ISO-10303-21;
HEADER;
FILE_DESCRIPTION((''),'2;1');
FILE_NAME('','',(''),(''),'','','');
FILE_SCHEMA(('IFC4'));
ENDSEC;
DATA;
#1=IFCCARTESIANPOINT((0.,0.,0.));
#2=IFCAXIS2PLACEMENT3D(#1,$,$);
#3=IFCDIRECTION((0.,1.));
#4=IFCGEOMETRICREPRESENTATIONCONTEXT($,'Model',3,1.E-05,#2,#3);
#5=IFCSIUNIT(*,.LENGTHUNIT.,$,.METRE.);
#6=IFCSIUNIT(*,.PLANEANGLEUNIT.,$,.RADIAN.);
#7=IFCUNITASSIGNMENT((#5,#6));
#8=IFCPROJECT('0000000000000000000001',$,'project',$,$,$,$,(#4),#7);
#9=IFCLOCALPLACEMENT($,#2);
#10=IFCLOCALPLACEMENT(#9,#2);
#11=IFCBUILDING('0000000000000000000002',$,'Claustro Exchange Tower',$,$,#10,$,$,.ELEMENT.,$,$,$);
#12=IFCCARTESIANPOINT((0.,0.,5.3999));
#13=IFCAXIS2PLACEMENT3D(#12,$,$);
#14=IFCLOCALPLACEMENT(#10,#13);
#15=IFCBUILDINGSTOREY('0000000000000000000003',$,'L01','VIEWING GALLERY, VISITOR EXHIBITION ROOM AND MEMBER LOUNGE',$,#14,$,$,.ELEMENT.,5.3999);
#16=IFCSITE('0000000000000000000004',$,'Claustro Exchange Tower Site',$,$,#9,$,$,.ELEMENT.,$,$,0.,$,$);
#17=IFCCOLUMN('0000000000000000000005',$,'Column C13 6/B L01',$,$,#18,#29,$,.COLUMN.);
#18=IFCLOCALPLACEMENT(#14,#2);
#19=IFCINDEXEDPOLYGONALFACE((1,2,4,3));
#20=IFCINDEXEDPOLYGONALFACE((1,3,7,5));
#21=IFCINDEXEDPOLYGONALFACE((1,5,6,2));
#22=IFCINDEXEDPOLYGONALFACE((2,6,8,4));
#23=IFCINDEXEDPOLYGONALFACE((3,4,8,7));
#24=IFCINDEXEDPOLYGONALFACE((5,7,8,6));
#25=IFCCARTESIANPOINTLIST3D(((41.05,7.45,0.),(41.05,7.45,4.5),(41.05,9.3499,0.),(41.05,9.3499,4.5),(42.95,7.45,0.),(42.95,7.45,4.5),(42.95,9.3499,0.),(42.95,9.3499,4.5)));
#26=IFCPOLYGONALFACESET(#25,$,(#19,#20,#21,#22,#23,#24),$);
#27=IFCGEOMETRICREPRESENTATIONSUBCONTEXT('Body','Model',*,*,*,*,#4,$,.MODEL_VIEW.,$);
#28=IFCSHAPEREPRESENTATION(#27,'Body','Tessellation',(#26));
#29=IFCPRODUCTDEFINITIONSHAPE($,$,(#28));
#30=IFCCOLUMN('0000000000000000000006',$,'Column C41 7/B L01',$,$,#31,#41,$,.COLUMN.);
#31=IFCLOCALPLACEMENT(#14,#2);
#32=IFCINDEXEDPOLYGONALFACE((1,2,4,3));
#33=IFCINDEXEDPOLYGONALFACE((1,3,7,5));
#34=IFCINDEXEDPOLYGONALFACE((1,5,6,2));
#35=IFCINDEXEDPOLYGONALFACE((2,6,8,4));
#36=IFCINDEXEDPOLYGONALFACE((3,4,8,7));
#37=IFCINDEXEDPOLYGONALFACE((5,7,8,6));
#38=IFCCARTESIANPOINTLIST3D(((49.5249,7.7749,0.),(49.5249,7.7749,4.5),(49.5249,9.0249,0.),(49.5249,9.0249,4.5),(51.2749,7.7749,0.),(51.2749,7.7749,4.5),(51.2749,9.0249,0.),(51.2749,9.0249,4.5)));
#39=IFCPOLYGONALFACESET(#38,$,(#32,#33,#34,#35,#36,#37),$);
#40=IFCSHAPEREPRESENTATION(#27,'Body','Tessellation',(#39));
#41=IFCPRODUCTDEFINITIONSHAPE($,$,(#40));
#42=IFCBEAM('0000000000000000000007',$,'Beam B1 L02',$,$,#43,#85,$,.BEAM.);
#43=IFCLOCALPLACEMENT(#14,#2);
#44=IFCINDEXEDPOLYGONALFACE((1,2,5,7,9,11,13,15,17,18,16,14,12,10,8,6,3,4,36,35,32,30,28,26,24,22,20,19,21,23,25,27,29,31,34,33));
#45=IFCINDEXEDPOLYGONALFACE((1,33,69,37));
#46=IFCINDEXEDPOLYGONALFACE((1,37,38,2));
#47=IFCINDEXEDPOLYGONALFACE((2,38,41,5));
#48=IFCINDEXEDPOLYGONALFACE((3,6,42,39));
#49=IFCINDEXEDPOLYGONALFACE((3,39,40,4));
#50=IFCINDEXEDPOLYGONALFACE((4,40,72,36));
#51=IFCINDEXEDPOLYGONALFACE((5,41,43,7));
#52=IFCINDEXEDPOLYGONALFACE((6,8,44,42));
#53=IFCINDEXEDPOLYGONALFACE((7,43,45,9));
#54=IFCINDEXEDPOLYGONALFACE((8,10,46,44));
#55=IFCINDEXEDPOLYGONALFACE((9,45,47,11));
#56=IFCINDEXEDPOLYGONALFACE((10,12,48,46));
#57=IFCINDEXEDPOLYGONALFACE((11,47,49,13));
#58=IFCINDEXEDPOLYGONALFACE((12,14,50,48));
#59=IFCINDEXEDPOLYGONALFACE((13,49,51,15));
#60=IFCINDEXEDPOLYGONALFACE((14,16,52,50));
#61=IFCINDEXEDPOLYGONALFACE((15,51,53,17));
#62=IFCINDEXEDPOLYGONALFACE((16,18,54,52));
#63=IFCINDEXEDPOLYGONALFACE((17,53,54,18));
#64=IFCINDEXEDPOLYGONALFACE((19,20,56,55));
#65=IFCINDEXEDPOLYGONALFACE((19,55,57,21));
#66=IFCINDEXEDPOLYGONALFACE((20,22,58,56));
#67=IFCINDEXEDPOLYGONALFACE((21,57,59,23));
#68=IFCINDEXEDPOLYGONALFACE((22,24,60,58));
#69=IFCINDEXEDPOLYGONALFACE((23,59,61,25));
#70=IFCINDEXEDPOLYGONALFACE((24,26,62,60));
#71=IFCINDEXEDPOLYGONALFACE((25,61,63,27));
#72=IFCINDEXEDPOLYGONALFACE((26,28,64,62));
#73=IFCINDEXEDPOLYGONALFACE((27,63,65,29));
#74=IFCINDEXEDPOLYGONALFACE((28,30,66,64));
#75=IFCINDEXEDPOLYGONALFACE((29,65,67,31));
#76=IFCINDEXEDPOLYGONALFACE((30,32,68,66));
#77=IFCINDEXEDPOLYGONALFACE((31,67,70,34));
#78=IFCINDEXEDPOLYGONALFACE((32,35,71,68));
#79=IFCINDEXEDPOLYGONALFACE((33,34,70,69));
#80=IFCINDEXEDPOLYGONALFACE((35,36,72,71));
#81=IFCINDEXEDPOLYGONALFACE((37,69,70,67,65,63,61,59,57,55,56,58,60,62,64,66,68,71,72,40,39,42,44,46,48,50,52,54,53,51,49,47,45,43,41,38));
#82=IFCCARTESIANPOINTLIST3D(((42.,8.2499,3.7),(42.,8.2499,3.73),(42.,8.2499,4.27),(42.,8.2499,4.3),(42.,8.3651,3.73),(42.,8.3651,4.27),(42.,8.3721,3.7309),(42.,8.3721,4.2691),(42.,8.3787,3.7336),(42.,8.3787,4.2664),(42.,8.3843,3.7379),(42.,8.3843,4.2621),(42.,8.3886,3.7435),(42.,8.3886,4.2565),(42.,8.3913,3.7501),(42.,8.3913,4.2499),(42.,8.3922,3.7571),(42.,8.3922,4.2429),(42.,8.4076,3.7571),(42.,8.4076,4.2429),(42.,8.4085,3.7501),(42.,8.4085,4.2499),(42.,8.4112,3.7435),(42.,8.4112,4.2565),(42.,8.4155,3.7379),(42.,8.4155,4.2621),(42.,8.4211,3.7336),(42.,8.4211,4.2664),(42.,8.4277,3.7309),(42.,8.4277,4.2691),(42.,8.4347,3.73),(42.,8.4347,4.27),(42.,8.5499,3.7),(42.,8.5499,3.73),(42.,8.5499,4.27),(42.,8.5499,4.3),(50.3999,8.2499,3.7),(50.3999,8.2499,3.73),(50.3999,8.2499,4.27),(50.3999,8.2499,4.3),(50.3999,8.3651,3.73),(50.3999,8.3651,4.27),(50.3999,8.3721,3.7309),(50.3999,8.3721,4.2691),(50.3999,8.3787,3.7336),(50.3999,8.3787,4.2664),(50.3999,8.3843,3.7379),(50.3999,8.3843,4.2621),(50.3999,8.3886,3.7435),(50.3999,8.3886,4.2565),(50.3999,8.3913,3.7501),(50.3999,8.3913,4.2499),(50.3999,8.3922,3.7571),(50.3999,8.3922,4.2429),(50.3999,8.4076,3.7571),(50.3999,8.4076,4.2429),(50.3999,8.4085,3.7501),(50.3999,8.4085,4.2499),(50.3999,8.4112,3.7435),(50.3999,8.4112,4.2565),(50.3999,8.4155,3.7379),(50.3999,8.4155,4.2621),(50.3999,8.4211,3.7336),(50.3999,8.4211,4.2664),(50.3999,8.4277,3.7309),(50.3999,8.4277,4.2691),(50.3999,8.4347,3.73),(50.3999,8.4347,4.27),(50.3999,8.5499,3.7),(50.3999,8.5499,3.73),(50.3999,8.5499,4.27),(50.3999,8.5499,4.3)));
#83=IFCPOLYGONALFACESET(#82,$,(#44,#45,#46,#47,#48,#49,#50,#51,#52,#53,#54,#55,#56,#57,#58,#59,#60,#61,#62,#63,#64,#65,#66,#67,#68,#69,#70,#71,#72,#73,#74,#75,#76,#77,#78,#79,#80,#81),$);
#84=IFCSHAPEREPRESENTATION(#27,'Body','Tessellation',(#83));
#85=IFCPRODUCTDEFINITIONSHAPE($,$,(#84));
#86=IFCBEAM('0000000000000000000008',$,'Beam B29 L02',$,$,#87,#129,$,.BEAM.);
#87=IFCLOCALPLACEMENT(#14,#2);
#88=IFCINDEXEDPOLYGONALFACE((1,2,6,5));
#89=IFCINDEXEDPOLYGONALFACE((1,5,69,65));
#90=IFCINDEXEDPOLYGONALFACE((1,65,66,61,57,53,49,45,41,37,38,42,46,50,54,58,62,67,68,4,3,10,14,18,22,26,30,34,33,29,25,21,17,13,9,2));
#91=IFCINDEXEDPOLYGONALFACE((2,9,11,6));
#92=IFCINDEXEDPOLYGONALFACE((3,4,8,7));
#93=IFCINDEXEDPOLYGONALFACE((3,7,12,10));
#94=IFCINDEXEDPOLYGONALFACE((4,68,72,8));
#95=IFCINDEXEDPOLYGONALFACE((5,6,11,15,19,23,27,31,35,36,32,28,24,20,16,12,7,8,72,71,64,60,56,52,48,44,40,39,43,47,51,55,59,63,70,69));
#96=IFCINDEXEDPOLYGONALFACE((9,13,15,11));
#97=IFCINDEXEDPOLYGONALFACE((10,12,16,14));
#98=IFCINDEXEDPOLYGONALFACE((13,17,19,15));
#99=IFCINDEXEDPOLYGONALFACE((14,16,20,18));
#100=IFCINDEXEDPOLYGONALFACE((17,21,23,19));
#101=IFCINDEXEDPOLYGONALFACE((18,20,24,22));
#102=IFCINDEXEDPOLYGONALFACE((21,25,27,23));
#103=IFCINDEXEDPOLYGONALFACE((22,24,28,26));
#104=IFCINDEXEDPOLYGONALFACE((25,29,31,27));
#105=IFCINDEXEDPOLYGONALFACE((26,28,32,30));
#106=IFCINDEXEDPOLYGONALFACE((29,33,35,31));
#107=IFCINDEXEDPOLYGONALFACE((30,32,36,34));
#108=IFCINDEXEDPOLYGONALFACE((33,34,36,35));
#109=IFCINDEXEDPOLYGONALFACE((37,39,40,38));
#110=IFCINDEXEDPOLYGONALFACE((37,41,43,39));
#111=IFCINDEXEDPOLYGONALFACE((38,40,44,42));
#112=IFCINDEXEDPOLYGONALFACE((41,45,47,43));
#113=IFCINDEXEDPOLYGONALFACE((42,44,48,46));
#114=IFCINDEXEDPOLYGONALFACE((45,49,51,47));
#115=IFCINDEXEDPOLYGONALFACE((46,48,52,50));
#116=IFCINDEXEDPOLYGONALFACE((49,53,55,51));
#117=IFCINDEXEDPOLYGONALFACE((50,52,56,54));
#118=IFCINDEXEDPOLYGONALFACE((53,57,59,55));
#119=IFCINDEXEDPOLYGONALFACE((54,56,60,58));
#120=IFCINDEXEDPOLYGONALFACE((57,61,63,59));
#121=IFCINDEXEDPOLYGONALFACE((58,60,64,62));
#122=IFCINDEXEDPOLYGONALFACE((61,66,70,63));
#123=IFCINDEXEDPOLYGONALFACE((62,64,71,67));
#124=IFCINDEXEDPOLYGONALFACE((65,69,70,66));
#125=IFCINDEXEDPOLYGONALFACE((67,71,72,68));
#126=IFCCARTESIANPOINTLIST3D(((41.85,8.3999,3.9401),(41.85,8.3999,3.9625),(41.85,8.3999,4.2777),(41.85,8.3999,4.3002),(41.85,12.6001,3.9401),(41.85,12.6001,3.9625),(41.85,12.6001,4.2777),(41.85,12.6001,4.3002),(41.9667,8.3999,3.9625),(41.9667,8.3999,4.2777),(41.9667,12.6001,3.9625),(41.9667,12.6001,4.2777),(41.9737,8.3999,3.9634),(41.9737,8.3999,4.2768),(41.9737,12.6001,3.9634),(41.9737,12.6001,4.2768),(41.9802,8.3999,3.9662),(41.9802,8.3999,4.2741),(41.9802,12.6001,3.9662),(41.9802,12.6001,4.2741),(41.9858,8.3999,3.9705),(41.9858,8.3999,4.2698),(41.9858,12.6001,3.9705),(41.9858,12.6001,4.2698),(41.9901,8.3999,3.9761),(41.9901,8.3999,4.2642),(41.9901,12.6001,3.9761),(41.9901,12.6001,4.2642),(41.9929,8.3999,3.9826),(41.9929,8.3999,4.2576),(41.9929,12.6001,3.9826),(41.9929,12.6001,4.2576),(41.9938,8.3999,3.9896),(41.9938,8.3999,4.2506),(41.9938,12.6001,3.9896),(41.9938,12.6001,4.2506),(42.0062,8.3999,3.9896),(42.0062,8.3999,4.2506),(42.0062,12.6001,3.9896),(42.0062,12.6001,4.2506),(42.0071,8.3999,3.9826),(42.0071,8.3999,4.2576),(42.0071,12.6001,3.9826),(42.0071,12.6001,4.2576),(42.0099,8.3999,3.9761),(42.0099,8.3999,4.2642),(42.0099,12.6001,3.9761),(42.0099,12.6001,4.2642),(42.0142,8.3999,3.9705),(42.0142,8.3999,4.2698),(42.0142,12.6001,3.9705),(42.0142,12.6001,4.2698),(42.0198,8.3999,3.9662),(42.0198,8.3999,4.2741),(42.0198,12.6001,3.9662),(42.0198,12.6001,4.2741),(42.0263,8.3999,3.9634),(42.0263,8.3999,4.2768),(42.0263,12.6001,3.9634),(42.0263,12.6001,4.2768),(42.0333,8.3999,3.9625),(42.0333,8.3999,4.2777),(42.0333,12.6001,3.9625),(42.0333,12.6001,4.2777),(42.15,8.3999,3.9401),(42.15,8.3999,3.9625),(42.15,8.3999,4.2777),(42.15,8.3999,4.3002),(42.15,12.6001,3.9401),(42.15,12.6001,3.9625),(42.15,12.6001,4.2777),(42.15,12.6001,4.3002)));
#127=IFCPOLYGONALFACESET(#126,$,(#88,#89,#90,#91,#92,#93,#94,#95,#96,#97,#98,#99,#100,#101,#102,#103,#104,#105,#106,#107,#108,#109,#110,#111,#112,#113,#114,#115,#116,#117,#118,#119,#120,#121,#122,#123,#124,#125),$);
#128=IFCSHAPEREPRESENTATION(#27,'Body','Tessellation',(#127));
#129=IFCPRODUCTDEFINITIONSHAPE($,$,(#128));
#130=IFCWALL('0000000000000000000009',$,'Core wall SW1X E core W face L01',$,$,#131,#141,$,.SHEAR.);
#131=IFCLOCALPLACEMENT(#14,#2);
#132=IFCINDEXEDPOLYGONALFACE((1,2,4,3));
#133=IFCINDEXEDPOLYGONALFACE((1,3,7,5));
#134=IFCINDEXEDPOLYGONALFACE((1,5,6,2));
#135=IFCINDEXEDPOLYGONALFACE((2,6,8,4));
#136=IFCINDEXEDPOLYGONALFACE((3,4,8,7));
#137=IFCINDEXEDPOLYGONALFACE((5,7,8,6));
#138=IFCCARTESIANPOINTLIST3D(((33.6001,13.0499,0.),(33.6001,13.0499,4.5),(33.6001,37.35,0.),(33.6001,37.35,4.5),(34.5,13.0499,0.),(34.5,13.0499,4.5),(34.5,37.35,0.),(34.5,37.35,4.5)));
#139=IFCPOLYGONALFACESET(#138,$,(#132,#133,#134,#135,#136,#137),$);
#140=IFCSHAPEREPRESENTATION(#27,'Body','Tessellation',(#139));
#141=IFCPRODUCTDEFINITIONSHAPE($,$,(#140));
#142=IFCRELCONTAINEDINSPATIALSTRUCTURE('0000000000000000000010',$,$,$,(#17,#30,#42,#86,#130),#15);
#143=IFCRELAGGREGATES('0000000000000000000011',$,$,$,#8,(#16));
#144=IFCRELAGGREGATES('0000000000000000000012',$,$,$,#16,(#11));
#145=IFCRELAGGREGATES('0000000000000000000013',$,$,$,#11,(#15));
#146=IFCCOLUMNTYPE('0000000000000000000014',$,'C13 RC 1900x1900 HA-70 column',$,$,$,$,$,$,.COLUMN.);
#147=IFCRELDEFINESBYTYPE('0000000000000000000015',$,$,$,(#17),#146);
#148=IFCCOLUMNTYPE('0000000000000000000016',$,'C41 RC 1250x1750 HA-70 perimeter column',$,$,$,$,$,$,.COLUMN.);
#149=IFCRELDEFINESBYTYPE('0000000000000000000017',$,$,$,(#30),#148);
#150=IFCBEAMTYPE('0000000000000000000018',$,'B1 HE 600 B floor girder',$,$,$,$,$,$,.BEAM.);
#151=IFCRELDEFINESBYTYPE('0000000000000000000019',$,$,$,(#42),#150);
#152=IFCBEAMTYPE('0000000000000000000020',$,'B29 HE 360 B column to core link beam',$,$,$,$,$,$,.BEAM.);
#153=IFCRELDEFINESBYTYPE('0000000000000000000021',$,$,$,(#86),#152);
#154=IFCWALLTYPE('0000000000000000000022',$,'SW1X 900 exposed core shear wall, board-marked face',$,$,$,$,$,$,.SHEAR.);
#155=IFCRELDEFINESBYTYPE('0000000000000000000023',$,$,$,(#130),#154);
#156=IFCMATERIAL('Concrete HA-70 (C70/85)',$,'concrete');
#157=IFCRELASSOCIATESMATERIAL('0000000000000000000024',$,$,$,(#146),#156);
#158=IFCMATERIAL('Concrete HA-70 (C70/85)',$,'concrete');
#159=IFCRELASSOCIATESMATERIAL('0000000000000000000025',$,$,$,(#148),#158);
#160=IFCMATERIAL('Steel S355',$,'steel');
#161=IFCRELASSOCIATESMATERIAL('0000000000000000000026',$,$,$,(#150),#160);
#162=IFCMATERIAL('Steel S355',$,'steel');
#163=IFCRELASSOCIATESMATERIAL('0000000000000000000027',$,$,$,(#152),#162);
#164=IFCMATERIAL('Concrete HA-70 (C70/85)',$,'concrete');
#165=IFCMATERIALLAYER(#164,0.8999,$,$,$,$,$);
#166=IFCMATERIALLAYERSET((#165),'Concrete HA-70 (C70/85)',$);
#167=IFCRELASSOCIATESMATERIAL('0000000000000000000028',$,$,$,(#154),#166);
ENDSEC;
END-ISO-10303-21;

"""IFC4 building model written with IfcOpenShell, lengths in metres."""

from ifc_helpers import new_model, si_unit, direction, frame, frame_2d, origin, origin_2d, place, context, subcontext, project, spatial, rectangle, i_section, extrude, material, layer, layer_set, material_profile, profile_set, type_object, element, save


model = new_model("IFC4")

# Units and contexts
model_context = context("Model", 3, precision=1e-05, world=origin(), true_north=direction((0.0, 1.0)))
body_context = subcontext(model_context, "Body", "Model", "MODEL_VIEW")
ifc_project = project(units=[si_unit("LENGTHUNIT", "METRE"), si_unit("PLANEANGLEUNIT", "RADIAN")], contexts=[model_context])

# Site, building, storey
site_placement = place(None, origin())
site = spatial("IfcSite", under=ifc_project, at=site_placement, Name="Claustro Exchange Tower Site", CompositionType="ELEMENT", RefElevation=0.0)
building_placement = place(site_placement, origin())
building = spatial("IfcBuilding", under=site, at=building_placement, Name="Claustro Exchange Tower", CompositionType="ELEMENT")
storey_placement = place(building_placement, frame((0.0, 0.0, 5.3999)))
storey = spatial("IfcBuildingStorey", under=building, at=storey_placement, Name="L01", Description="VIEWING GALLERY, VISITOR EXHIBITION ROOM AND MEMBER LOUNGE", CompositionType="ELEMENT", Elevation=5.3999)

# Columns
ifc_material_1 = material(Name="Concrete HA-70 (C70/85)", Category="concrete")
ifc_material_profile_1 = material_profile(ifc_material_1, rectangle(XDim=1.8999, YDim=1.8999, at=origin_2d()), Name="RC 1900x1900")
ifc_profile_set_1 = profile_set([ifc_material_profile_1], Name="Concrete HA-70 (C70/85)")
column_type_1 = type_object("IfcColumnType", Name="C13 RC 1900x1900 HA-70 column", PredefinedType="COLUMN", material=ifc_profile_set_1)
column_1_placement = place(storey_placement, frame((42.0, 8.3999, 0.0), z_axis=(0.0, 0.0, 1.0), x_axis=(1.0, 0.0, 0.0)))
element("IfcColumn", 1, at=column_1_placement, inside=storey, type_object=column_type_1, Name="Column C13 6/B L01", PredefinedType="COLUMN", context=body_context, shape_type="SweptSolid", body=[
    extrude(rectangle(XDim=1.8999, YDim=1.8999, at=origin_2d()), origin(), (0.0, 0.0, 1.0), 4.5),
])
ifc_material_2 = material(Name="Concrete HA-70 (C70/85)", Category="concrete")
ifc_material_profile_2 = material_profile(ifc_material_2, rectangle(XDim=1.25, YDim=1.75, at=origin_2d()), Name="RC 1250x1750")
ifc_profile_set_2 = profile_set([ifc_material_profile_2], Name="Concrete HA-70 (C70/85)")
column_type_2 = type_object("IfcColumnType", Name="C41 RC 1250x1750 HA-70 perimeter column", PredefinedType="COLUMN", material=ifc_profile_set_2)
column_2_placement = place(storey_placement, frame((50.3999, 8.3999, 0.0), z_axis=(0.0, 0.0, 1.0), x_axis=(0.0, 1.0, 0.0)))
element("IfcColumn", 2, at=column_2_placement, inside=storey, type_object=column_type_2, Name="Column C41 7/B L01", PredefinedType="COLUMN", context=body_context, shape_type="SweptSolid", body=[
    extrude(rectangle(XDim=1.25, YDim=1.75, at=origin_2d()), origin(), (0.0, 0.0, 1.0), 4.5),
])

# Beams
ifc_material_3 = material(Name="Steel S355", Category="steel")
ifc_material_profile_3 = material_profile(ifc_material_3, i_section(OverallWidth=0.3, OverallDepth=0.6001, WebThickness=0.0154, FlangeThickness=0.03, FilletRadius=0.0271, at=origin_2d()), Name="HE 600 B")
ifc_profile_set_3 = profile_set([ifc_material_profile_3], Name="Steel S355")
beam_type_1 = type_object("IfcBeamType", Name="B1 HE 600 B floor girder", PredefinedType="BEAM", material=ifc_profile_set_3)
beam_1_placement = place(storey_placement, frame((42.0, 8.3999, 4.0), z_axis=(1.0, 0.0, 0.0), x_axis=(0.0, 1.0, 0.0)))
element("IfcBeam", 3, at=beam_1_placement, inside=storey, type_object=beam_type_1, Name="Beam B1 L02", PredefinedType="BEAM", context=body_context, shape_type="SweptSolid", body=[
    extrude(i_section(OverallWidth=0.3, OverallDepth=0.6001, WebThickness=0.0154, FlangeThickness=0.03, FilletRadius=0.0271, at=origin_2d()), origin(), (0.0, 0.0, 1.0), 8.3999),
])
ifc_material_4 = material(Name="Steel S355", Category="steel")
ifc_material_profile_4 = material_profile(ifc_material_4, i_section(OverallWidth=0.3, OverallDepth=0.3601, WebThickness=0.0125, FlangeThickness=0.0225, FilletRadius=0.0271, at=origin_2d()), Name="HE 360 B")
ifc_profile_set_4 = profile_set([ifc_material_profile_4], Name="Steel S355")
beam_type_2 = type_object("IfcBeamType", Name="B29 HE 360 B column to core link beam", PredefinedType="BEAM", material=ifc_profile_set_4)
beam_2_placement = place(storey_placement, frame((42.0, 8.3999, 4.1201), z_axis=(0.0, 1.0, 0.0), x_axis=(-1.0, 0.0, 0.0)))
element("IfcBeam", 4, at=beam_2_placement, inside=storey, type_object=beam_type_2, Name="Beam B29 L02", PredefinedType="BEAM", context=body_context, shape_type="SweptSolid", body=[
    extrude(i_section(OverallWidth=0.3, OverallDepth=0.3601, WebThickness=0.0125, FlangeThickness=0.0225, FilletRadius=0.0271, at=origin_2d()), origin(), (0.0, 0.0, 1.0), 4.2002),
])

# Wall
ifc_material_5 = material(Name="Concrete HA-70 (C70/85)", Category="concrete")
ifc_layer_1 = layer(ifc_material_5, 0.8999)
ifc_layer_set_1 = layer_set([ifc_layer_1], Name="Concrete HA-70 (C70/85)")
wall_type_1 = type_object("IfcWallType", Name="SW1X 900 exposed core shear wall, board-marked face", PredefinedType="SHEAR", material=ifc_layer_set_1)
wall_1_placement = place(storey_placement, frame((34.05, 13.05, 0.0), z_axis=(0.0, 0.0, 1.0), x_axis=(0.0, 1.0, 0.0)))
element("IfcWall", 5, at=wall_1_placement, inside=storey, type_object=wall_type_1, Name="Core wall SW1X E core W face L01", PredefinedType="SHEAR", context=body_context, shape_type="SweptSolid", body=[
    extrude(rectangle(XDim=24.3, YDim=0.8999, at=frame_2d((12.1499, 0.0))), origin(), (0.0, 0.0, 1.0), 4.5),
])

save(model, "model.ifc")
